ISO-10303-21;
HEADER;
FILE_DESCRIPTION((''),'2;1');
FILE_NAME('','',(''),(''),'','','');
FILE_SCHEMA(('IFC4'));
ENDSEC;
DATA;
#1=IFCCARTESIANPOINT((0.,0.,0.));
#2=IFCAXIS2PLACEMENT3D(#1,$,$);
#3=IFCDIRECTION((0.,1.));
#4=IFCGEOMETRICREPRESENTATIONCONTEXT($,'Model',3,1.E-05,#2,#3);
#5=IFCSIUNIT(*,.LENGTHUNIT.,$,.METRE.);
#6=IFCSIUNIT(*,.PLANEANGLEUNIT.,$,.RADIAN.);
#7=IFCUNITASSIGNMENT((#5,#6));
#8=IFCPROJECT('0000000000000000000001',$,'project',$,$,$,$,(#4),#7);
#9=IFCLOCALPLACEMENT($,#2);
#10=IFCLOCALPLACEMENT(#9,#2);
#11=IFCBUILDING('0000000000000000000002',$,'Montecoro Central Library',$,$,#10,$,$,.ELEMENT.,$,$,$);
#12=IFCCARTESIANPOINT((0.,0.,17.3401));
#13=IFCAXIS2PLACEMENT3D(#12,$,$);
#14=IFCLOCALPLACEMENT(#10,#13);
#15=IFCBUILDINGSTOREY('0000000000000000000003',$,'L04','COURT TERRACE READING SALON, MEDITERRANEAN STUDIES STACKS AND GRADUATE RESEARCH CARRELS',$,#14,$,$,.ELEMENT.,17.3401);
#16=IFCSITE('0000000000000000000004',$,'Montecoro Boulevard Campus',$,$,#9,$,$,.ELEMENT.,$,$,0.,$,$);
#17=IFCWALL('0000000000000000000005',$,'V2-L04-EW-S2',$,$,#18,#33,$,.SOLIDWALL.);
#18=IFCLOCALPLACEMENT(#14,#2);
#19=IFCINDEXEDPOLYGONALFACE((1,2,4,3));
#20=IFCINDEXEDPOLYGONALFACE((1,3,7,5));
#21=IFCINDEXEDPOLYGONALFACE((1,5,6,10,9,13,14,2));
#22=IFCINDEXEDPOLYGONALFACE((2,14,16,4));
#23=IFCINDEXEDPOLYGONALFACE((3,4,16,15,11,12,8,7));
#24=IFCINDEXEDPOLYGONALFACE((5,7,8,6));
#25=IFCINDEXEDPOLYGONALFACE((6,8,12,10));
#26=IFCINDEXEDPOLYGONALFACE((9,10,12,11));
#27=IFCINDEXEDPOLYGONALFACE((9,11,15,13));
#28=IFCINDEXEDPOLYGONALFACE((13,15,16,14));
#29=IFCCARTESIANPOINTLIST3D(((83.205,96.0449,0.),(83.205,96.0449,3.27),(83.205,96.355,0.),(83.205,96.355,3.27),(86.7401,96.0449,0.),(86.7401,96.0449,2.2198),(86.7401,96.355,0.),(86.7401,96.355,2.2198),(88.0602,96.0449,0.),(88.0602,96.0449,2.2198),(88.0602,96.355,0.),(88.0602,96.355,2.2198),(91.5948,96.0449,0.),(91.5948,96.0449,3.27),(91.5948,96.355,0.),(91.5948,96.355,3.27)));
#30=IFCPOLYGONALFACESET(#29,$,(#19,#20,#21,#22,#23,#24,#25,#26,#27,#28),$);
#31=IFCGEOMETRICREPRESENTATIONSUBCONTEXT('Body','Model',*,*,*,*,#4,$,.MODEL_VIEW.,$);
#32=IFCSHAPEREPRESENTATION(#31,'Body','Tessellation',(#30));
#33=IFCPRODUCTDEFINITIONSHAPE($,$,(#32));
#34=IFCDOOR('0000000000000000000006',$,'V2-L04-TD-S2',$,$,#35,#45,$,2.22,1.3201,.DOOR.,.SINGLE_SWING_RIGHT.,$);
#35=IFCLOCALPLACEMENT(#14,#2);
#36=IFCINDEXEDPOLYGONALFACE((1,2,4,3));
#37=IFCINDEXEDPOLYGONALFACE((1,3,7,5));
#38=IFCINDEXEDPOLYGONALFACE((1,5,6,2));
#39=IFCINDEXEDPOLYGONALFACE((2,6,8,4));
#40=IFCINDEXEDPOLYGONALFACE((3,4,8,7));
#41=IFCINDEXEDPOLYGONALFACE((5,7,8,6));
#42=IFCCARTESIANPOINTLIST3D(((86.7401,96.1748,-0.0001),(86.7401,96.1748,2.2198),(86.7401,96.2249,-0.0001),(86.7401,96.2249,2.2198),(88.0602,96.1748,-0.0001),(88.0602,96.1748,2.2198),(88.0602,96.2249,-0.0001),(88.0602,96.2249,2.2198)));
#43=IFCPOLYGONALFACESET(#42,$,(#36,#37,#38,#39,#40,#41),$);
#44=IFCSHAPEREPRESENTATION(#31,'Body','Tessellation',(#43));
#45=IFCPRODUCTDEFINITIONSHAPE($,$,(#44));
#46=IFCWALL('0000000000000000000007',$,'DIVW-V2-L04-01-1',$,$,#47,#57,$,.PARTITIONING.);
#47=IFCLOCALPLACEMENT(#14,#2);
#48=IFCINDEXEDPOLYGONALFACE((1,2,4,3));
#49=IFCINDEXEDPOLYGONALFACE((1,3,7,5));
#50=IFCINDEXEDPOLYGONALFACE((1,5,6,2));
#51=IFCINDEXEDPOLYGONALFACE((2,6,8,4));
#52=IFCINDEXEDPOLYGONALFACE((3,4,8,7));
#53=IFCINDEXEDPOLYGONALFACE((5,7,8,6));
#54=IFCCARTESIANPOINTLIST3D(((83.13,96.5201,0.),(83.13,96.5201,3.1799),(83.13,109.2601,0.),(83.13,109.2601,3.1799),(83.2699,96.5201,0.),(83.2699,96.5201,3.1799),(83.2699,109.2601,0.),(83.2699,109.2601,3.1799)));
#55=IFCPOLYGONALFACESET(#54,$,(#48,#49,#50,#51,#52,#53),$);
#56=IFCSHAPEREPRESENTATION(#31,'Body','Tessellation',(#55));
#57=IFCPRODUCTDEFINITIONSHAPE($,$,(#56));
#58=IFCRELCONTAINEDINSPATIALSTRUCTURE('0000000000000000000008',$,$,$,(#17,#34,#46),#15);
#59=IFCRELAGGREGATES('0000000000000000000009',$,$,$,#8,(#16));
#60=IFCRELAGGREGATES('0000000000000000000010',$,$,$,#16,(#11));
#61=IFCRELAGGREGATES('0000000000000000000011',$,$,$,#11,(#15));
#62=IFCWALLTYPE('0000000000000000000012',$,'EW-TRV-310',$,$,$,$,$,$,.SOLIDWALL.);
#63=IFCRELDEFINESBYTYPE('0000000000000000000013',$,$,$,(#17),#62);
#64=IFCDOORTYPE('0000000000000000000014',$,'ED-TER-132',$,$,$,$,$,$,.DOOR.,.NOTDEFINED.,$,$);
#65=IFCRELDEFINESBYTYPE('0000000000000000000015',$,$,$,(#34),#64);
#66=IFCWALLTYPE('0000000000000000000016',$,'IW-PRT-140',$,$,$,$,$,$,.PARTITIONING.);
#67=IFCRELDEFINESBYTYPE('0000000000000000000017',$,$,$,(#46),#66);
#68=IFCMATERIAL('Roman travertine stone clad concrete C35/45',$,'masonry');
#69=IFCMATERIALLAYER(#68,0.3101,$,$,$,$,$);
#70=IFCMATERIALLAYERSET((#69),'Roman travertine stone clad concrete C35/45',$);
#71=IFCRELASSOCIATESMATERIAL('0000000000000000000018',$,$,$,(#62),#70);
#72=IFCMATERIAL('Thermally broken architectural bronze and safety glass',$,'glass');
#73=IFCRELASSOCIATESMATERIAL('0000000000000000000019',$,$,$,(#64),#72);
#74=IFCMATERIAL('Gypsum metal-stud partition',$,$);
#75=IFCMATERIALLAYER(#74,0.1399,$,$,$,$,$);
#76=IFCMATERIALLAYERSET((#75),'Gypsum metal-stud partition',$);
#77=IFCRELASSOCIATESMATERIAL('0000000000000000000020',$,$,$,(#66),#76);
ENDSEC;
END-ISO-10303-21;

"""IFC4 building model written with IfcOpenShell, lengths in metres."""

from ifc_helpers import new_model, si_unit, direction, frame, frame_2d, origin, place, context, subcontext, project, spatial, rectangle, extrude, material, layer, layer_set, type_object, element, fill, save


model = new_model("IFC4")

# Units and contexts
model_context = context("Model", 3, precision=1e-05, world=origin(), true_north=direction((0.0, 1.0)))
body_context = subcontext(model_context, "Body", "Model", "MODEL_VIEW")
ifc_project = project(units=[si_unit("LENGTHUNIT", "METRE"), si_unit("PLANEANGLEUNIT", "RADIAN")], contexts=[model_context])

# Site, building, storey
site_placement = place(None, origin())
site = spatial("IfcSite", under=ifc_project, at=site_placement, Name="Montecoro Boulevard Campus", CompositionType="ELEMENT", RefElevation=0.0)
building_placement = place(site_placement, origin())
building = spatial("IfcBuilding", under=site, at=building_placement, Name="Montecoro Central Library", CompositionType="ELEMENT")
storey_placement = place(building_placement, frame((0.0, 0.0, 17.3401)))
storey = spatial("IfcBuildingStorey", under=building, at=storey_placement, Name="L04", Description="COURT TERRACE READING SALON, MEDITERRANEAN STUDIES STACKS AND GRADUATE RESEARCH CARRELS", CompositionType="ELEMENT", Elevation=17.3401)

# Wall, opening, door
ifc_material_1 = material(Name="Roman travertine stone clad concrete C35/45", Category="masonry")
ifc_layer_1 = layer(ifc_material_1, 0.3101)
ifc_layer_set_1 = layer_set([ifc_layer_1], Name="Roman travertine stone clad concrete C35/45")
wall_type_1 = type_object("IfcWallType", Name="EW-TRV-310", PredefinedType="SOLIDWALL", material=ifc_layer_set_1)
ifc_material_2 = material(Name="Thermally broken architectural bronze and safety glass", Category="glass")
wall_1_placement = place(storey_placement, frame((83.2051, 96.2, 0.0), z_axis=(0.0, 0.0, 1.0), x_axis=(1.0, 0.0, 0.0)))
wall_1 = element("IfcWall", 1, at=wall_1_placement, inside=storey, type_object=wall_type_1, Name="V2-L04-EW-S2", PredefinedType="SOLIDWALL", context=body_context, shape_type="SweptSolid", body=[
    extrude(rectangle(XDim=8.3899, YDim=0.3101, at=frame_2d((4.1948, 0.0))), origin(), (0.0, 0.0, 1.0), 3.27),
])
opening_1_placement = place(wall_1_placement, frame((3.5349, 0.0, 0.0)))
opening_1 = element("IfcOpeningElement", 2, at=opening_1_placement, cuts=wall_1, PredefinedType="OPENING", context=body_context, shape_type="SweptSolid", body=[
    extrude(rectangle(XDim=1.3201, YDim=2.22, at=frame_2d((0.6602, 1.1099))), frame((0.0, 0.165, 0.0), z_axis=(0.0, -1.0, 0.0), x_axis=(1.0, 0.0, 0.0)), (0.0, 0.0, 1.0), 0.3301),
])
door_type_1 = type_object("IfcDoorType", Name="ED-TER-132", OperationType="NOTDEFINED", PredefinedType="DOOR", material=ifc_material_2)
door_1_placement = place(opening_1_placement, origin())
door_1 = element("IfcDoor", 3, at=door_1_placement, inside=storey, type_object=door_type_1, Name="V2-L04-TD-S2", OperationType="SINGLE_SWING_RIGHT", OverallHeight=2.22, OverallWidth=1.3201, PredefinedType="DOOR", context=body_context, shape_type="SweptSolid", body=[
    extrude(rectangle(XDim=1.3201, YDim=2.22, at=frame_2d((0.6602, 1.1099))), frame((0.0, 0.0249, 0.0), z_axis=(0.0, -1.0, 0.0), x_axis=(1.0, 0.0, 0.0)), (0.0, 0.0, 1.0), 0.05),
])
fill(opening_1, door_1)

# Wall
ifc_material_3 = material(Name="Gypsum metal-stud partition")
ifc_layer_2 = layer(ifc_material_3, 0.1399)
ifc_layer_set_2 = layer_set([ifc_layer_2], Name="Gypsum metal-stud partition")
wall_type_2 = type_object("IfcWallType", Name="IW-PRT-140", PredefinedType="PARTITIONING", material=ifc_layer_set_2)
wall_2_placement = place(storey_placement, frame((83.2, 96.52, 0.0), z_axis=(0.0, 0.0, 1.0), x_axis=(0.0, 1.0, 0.0)))
element("IfcWall", 4, at=wall_2_placement, inside=storey, type_object=wall_type_2, Name="DIVW-V2-L04-01-1", PredefinedType="PARTITIONING", context=body_context, shape_type="SweptSolid", body=[
    extrude(rectangle(XDim=12.74, YDim=0.1399, at=frame_2d((6.3701, 0.0))), origin(), (0.0, 0.0, 1.0), 3.1799),
])

save(model, "model.ifc")
